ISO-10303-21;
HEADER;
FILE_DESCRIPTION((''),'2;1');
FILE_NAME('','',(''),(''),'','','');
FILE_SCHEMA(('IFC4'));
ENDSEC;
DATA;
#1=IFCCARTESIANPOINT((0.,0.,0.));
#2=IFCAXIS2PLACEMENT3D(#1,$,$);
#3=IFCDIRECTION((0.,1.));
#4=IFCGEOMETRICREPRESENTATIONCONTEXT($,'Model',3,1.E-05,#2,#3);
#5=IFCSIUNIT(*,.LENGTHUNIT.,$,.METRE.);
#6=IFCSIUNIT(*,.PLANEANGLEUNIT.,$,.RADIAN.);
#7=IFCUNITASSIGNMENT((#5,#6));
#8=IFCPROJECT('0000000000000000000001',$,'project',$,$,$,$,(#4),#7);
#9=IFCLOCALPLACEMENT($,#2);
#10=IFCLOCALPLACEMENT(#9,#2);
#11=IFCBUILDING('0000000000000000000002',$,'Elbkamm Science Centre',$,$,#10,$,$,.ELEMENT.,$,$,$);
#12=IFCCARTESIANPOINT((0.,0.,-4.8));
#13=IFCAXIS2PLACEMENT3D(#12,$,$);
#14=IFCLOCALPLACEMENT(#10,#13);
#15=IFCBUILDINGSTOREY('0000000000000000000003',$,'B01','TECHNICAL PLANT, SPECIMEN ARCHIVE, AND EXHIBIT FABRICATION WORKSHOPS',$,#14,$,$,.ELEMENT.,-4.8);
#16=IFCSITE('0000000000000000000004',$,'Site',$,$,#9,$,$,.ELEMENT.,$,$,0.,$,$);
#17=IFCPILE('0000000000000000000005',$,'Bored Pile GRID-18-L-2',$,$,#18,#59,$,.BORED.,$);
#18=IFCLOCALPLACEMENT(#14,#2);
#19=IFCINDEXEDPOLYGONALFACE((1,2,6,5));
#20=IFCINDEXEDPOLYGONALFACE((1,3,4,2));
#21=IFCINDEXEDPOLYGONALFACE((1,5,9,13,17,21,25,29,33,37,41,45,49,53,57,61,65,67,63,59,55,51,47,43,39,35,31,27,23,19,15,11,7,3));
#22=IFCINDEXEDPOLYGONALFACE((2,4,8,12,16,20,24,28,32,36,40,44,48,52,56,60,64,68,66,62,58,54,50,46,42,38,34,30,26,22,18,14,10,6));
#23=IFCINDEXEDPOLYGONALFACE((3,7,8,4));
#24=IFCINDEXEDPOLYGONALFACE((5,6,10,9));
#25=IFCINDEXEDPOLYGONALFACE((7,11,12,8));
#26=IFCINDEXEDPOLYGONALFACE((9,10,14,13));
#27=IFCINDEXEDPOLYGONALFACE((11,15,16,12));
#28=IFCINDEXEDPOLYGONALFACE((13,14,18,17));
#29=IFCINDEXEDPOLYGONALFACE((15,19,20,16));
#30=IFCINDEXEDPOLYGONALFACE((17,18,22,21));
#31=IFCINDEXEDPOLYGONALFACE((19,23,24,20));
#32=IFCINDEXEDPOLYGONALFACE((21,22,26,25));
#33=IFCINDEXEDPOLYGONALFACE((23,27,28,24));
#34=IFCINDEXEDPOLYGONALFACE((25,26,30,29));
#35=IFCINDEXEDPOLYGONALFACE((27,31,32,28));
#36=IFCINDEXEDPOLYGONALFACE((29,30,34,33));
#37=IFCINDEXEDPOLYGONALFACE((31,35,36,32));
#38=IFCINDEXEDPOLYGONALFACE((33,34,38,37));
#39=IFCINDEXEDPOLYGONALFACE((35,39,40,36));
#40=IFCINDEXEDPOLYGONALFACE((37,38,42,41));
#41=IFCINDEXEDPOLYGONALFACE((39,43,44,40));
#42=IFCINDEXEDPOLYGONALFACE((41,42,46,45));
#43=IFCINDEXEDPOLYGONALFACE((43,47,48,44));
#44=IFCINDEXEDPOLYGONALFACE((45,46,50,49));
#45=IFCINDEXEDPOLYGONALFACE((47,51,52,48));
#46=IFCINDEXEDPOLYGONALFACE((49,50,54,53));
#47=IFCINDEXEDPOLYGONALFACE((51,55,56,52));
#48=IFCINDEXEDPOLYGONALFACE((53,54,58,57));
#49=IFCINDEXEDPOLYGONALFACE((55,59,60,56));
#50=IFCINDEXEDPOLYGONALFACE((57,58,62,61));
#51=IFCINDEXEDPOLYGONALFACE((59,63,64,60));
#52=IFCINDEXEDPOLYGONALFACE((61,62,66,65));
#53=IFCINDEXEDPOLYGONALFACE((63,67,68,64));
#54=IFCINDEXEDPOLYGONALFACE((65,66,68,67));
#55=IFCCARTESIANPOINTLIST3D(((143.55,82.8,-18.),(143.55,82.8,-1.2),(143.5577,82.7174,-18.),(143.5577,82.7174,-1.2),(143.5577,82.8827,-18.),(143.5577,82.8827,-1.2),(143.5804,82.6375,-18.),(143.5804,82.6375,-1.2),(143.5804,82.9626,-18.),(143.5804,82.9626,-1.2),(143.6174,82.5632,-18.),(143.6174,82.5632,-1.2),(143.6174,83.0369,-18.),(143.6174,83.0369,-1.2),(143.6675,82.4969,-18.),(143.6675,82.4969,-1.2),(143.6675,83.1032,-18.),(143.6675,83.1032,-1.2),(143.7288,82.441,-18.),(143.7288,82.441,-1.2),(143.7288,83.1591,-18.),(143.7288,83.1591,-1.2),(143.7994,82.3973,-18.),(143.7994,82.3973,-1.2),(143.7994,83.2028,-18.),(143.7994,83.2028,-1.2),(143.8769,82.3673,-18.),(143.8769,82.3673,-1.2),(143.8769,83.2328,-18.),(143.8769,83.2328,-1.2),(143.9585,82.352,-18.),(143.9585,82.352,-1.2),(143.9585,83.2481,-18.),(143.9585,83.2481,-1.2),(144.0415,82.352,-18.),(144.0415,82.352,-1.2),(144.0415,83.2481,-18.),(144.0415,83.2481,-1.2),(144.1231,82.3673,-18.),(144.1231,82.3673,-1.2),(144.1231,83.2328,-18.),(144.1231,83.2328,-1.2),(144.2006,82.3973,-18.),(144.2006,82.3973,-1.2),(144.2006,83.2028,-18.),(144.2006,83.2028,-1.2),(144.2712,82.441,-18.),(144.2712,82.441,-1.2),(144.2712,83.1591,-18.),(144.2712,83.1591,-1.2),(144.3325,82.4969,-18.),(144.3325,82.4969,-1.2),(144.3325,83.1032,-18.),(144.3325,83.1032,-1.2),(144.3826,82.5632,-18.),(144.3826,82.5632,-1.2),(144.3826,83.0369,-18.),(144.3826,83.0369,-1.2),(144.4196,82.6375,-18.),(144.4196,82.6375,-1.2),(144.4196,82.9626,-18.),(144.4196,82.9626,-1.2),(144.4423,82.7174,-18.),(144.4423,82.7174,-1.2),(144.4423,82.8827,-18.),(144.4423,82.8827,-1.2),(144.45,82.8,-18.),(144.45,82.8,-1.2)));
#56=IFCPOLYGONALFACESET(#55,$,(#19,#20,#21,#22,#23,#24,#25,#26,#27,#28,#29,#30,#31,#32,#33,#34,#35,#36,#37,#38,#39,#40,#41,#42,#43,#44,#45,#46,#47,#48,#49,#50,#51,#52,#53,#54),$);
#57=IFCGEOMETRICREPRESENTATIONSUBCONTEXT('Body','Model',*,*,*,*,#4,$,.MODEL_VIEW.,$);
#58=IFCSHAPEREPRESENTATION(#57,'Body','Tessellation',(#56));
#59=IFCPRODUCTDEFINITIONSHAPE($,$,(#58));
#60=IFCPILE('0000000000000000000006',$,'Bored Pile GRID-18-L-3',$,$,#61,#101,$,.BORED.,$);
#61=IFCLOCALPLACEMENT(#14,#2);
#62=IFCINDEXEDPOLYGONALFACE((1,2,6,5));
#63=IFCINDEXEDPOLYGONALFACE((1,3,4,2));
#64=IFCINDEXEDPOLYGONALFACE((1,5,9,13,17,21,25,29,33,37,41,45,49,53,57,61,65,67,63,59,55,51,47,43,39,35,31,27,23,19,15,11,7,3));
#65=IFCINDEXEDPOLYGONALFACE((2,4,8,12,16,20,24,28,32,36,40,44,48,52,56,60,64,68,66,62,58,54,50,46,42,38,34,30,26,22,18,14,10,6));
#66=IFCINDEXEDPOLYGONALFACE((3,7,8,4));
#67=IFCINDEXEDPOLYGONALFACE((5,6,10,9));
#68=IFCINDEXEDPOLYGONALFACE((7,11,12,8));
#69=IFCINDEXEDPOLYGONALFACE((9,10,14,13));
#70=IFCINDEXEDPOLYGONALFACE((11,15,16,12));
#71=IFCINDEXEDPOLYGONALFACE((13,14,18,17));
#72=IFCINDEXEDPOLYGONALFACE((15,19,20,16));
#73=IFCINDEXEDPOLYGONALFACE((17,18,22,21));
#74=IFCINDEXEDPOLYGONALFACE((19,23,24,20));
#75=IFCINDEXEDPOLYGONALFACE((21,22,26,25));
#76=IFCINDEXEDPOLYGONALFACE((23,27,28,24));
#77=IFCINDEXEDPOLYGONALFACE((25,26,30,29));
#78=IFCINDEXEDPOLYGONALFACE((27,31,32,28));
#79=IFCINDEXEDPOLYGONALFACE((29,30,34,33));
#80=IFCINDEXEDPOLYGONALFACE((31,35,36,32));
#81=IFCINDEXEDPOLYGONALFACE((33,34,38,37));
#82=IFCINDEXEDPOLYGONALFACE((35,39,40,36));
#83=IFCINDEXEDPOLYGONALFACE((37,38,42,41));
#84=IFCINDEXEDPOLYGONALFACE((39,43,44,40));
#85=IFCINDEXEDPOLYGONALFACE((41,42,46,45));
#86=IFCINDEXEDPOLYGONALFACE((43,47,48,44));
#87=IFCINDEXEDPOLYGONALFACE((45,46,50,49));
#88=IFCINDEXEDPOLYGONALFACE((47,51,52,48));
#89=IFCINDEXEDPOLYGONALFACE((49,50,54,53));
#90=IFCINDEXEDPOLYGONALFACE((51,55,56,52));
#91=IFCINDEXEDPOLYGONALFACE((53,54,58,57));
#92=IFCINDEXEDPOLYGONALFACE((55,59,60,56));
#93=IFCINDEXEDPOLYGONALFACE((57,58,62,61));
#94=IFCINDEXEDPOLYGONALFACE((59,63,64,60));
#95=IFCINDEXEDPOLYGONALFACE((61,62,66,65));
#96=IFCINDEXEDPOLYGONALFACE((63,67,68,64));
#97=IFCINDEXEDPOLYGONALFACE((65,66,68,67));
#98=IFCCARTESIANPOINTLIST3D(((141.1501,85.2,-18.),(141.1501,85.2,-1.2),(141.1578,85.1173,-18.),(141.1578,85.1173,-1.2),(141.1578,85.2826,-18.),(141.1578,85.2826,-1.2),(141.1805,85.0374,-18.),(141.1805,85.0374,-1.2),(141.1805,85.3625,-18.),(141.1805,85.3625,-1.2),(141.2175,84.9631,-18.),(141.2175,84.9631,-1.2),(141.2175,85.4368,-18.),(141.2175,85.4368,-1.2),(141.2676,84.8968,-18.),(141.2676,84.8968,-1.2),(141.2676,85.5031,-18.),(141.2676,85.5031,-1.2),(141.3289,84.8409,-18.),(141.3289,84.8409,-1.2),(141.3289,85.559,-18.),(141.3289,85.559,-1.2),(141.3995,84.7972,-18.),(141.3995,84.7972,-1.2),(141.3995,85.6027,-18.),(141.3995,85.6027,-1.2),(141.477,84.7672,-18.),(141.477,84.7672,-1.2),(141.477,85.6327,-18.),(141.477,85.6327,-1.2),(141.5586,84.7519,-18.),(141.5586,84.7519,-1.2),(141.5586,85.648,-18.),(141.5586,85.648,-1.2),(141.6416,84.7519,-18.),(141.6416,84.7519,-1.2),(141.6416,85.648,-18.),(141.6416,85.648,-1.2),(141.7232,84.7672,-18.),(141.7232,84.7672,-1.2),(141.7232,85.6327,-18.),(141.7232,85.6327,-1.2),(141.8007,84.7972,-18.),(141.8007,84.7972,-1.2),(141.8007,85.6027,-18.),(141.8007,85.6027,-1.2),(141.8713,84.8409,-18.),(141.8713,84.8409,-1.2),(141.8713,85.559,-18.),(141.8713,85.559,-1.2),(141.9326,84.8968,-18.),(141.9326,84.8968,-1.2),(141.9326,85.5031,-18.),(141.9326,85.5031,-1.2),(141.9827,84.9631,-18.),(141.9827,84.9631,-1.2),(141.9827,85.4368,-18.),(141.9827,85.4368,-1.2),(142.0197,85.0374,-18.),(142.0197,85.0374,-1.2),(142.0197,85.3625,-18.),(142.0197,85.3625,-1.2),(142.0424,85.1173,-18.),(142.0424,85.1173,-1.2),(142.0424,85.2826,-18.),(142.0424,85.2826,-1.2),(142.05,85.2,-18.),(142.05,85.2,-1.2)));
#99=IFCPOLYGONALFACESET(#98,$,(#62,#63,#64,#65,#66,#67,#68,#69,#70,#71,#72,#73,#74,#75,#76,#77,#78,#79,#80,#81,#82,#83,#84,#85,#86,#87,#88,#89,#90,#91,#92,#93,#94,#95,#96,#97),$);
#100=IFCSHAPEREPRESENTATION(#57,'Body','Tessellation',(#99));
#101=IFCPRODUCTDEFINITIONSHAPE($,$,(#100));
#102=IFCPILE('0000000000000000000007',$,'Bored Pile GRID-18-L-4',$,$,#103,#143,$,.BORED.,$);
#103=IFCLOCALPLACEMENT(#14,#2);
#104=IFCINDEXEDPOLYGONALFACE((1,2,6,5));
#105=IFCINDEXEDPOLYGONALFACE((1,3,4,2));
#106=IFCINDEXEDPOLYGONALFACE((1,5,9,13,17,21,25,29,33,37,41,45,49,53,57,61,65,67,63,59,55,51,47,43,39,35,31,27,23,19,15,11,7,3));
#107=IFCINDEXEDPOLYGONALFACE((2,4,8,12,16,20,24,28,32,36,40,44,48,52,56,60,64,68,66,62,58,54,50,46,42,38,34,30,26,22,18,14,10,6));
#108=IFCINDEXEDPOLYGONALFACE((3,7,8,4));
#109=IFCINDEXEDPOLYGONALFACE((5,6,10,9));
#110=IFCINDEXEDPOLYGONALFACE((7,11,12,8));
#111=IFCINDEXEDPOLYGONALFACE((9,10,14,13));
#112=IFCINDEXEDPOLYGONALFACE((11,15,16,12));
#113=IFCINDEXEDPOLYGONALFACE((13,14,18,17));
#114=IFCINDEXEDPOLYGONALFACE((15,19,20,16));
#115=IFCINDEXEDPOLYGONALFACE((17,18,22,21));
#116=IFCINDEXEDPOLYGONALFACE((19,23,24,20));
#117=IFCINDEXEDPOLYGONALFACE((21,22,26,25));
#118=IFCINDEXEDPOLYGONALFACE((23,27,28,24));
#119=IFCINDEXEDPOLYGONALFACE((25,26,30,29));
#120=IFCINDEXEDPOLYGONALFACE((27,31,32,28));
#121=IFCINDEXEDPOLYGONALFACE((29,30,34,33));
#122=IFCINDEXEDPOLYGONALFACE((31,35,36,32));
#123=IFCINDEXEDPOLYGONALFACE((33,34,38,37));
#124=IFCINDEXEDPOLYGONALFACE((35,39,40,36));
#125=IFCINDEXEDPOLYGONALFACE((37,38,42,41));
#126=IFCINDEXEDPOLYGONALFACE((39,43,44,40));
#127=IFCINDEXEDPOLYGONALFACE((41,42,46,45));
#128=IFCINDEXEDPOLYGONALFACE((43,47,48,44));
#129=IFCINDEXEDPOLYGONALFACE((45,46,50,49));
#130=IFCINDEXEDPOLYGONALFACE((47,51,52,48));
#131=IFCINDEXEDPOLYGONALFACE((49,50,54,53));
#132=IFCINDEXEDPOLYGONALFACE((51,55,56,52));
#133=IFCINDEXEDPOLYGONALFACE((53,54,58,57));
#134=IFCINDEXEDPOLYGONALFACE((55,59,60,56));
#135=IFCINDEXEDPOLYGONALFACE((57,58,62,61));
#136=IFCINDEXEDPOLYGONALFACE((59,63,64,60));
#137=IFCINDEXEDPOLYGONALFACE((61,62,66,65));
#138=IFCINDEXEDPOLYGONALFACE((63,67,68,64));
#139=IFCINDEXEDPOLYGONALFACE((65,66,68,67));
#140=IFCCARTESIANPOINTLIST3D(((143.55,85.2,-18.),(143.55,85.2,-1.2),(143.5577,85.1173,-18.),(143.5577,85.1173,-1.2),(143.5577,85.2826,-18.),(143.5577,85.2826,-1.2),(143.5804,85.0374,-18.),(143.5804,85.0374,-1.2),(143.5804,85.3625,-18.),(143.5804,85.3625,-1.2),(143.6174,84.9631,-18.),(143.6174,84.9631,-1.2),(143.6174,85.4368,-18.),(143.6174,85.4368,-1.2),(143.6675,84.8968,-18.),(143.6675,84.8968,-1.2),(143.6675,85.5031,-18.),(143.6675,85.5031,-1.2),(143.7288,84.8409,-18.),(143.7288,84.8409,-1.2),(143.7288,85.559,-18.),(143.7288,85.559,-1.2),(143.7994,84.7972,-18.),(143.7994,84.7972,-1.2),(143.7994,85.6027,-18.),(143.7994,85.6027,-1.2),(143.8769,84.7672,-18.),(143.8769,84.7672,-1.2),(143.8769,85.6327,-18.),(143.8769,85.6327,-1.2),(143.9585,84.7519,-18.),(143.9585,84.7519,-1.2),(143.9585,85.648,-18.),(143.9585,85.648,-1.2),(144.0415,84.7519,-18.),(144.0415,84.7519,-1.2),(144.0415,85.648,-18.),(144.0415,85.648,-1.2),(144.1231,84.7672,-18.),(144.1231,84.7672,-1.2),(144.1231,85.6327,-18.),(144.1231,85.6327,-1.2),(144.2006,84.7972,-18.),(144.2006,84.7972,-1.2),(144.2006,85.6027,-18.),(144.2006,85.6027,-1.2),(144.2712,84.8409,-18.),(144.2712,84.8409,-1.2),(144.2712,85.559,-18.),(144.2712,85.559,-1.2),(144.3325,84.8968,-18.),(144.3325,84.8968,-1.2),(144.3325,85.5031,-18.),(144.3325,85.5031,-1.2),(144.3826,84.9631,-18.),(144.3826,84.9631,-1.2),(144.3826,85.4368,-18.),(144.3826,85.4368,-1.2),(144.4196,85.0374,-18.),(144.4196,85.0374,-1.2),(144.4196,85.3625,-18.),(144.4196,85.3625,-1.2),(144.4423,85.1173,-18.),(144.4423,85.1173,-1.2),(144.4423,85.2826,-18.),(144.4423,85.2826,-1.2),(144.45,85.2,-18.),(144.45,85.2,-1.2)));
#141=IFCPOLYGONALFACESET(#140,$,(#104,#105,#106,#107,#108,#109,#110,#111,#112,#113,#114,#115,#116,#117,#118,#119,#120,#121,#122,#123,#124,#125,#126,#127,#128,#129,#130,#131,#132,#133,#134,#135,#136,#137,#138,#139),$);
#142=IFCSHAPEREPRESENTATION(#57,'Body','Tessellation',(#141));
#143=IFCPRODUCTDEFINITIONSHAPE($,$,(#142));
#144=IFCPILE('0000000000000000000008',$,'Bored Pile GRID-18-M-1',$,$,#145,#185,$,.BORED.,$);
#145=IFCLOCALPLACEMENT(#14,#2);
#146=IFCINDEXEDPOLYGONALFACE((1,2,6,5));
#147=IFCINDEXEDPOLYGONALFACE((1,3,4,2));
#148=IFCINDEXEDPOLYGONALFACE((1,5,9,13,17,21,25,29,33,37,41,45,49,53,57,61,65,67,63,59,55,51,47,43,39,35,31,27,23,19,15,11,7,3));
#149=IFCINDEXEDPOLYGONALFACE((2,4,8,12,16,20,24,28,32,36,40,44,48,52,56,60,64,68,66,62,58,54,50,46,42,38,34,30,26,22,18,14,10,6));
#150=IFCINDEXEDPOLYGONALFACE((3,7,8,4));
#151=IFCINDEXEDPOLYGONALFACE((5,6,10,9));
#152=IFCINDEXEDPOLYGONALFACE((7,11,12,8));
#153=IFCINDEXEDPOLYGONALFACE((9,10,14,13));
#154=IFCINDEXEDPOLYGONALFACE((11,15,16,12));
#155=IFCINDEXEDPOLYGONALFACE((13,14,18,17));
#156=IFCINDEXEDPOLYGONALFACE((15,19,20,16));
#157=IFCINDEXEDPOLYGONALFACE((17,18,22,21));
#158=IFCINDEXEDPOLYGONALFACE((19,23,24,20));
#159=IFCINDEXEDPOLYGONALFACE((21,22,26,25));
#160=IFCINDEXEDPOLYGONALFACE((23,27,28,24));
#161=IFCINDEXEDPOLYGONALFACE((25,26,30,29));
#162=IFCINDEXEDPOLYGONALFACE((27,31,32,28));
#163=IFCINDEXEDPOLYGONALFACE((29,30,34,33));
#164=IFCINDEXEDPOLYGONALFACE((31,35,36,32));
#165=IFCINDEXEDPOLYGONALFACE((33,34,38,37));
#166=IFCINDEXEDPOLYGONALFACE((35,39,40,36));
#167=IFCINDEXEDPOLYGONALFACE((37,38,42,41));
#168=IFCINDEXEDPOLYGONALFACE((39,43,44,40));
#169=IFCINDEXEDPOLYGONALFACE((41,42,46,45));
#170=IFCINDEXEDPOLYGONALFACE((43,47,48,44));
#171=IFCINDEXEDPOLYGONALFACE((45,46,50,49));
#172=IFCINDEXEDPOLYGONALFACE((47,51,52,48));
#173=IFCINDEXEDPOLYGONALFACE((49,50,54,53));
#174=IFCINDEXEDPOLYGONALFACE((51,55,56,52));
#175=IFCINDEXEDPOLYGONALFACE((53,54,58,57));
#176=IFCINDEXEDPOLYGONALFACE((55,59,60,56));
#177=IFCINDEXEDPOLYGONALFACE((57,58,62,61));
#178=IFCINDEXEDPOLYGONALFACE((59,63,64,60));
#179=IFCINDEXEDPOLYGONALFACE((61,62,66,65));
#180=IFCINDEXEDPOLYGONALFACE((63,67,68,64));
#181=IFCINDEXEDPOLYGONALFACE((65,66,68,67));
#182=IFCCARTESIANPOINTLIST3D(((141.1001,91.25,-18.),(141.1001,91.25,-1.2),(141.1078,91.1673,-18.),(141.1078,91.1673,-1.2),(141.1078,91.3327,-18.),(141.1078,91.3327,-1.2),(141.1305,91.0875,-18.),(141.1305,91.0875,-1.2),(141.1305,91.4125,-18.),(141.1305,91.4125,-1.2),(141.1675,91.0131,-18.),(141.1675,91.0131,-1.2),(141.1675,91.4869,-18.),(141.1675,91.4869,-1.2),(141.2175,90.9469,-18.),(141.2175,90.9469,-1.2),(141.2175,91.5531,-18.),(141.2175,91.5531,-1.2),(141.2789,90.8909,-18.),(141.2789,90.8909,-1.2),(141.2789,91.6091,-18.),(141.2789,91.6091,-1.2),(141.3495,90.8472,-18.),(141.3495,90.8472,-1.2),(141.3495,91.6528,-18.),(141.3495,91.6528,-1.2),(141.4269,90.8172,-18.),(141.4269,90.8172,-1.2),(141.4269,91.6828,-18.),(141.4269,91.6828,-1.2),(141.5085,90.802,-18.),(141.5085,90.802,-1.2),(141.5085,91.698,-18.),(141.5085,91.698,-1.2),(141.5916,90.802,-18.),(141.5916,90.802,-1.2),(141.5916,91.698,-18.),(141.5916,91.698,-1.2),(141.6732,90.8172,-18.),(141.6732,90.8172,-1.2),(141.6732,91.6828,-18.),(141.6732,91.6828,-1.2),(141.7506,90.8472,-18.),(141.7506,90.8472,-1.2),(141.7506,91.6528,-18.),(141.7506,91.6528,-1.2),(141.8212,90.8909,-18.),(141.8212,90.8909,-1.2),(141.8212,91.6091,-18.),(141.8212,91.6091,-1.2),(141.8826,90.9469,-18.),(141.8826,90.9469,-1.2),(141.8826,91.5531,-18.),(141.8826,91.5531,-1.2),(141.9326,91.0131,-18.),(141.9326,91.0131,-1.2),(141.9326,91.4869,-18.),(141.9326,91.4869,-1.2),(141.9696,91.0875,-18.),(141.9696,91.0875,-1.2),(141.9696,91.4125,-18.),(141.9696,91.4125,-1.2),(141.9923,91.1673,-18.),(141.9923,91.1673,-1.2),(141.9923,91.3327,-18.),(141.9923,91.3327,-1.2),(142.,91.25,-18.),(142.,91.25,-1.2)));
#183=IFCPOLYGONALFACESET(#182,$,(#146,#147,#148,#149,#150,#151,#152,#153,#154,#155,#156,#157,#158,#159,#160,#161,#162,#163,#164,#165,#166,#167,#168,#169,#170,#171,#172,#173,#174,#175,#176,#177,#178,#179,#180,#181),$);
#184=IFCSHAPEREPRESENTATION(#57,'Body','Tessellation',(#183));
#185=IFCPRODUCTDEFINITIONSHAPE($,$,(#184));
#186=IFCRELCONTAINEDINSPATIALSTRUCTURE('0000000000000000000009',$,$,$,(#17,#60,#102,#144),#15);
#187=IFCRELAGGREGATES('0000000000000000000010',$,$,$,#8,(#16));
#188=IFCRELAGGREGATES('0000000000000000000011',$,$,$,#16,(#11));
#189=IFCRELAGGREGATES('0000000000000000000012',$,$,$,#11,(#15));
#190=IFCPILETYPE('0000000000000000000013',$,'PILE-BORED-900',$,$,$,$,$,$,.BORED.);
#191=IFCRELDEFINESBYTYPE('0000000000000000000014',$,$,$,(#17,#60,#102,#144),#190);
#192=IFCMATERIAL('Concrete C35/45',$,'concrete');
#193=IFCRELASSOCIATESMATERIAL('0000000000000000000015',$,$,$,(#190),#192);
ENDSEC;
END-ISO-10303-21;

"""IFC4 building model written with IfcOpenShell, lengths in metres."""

from ifc_helpers import new_model, si_unit, direction, frame, origin, origin_2d, place, context, subcontext, project, spatial, circle, extrude, material, material_profile, profile_set, type_object, element, save


model = new_model("IFC4")

# Units and contexts
model_context = context("Model", 3, precision=1e-05, world=origin(), true_north=direction((0.0, 1.0)))
body_context = subcontext(model_context, "Body", "Model", "MODEL_VIEW")
ifc_project = project(units=[si_unit("LENGTHUNIT", "METRE"), si_unit("PLANEANGLEUNIT", "RADIAN")], contexts=[model_context])

# Site, building, storey
site_placement = place(None, origin())
site = spatial("IfcSite", under=ifc_project, at=site_placement, Name="Site", CompositionType="ELEMENT", RefElevation=0.0)
building_placement = place(site_placement, origin())
building = spatial("IfcBuilding", under=site, at=building_placement, Name="Elbkamm Science Centre", CompositionType="ELEMENT")
storey_placement = place(building_placement, frame((0.0, 0.0, -4.8)))
storey = spatial("IfcBuildingStorey", under=building, at=storey_placement, Name="B01", Description="TECHNICAL PLANT, SPECIMEN ARCHIVE, AND EXHIBIT FABRICATION WORKSHOPS", CompositionType="ELEMENT", Elevation=-4.8)

# Shared definitions
ifc_material_1 = material(Name="Concrete C35/45", Category="concrete")

# Piles
ifc_material_profile_1 = material_profile(ifc_material_1, circle(Radius=0.45, at=origin_2d()), Name="PILE D900")
ifc_profile_set_1 = profile_set([ifc_material_profile_1], Name="Concrete C35/45")
pile_type = type_object("IfcPileType", Name="PILE-BORED-900", PredefinedType="BORED", material=ifc_profile_set_1)
for number, where, z_axis, x_axis, name in (
    (1, (144.0, 82.8, -1.2), (0.0, 0.0, -1.0), (1.0, 0.0, 0.0), "Bored Pile GRID-18-L-2"),
    (2, (141.6001, 85.2, -1.2), (0.0, 0.0, -1.0), (1.0, 0.0, 0.0), "Bored Pile GRID-18-L-3"),
    (3, (144.0, 85.2, -1.2), (0.0, 0.0, -1.0), (1.0, 0.0, 0.0), "Bored Pile GRID-18-L-4"),
    (4, (141.55, 91.25, -1.2), (0.0, 0.0, -1.0), (1.0, 0.0, 0.0), "Bored Pile GRID-18-M-1"),
):
    element("IfcPile", number, at=place(storey_placement, frame(where, z_axis=z_axis, x_axis=x_axis)), inside=storey, type_object=pile_type, Name=name, PredefinedType="BORED", context=body_context, shape_type="SweptSolid", body=[
        extrude(circle(Radius=0.45, at=origin_2d()), origin(), (0.0, 0.0, 1.0), 16.8),
    ])

save(model, "model.ifc")
